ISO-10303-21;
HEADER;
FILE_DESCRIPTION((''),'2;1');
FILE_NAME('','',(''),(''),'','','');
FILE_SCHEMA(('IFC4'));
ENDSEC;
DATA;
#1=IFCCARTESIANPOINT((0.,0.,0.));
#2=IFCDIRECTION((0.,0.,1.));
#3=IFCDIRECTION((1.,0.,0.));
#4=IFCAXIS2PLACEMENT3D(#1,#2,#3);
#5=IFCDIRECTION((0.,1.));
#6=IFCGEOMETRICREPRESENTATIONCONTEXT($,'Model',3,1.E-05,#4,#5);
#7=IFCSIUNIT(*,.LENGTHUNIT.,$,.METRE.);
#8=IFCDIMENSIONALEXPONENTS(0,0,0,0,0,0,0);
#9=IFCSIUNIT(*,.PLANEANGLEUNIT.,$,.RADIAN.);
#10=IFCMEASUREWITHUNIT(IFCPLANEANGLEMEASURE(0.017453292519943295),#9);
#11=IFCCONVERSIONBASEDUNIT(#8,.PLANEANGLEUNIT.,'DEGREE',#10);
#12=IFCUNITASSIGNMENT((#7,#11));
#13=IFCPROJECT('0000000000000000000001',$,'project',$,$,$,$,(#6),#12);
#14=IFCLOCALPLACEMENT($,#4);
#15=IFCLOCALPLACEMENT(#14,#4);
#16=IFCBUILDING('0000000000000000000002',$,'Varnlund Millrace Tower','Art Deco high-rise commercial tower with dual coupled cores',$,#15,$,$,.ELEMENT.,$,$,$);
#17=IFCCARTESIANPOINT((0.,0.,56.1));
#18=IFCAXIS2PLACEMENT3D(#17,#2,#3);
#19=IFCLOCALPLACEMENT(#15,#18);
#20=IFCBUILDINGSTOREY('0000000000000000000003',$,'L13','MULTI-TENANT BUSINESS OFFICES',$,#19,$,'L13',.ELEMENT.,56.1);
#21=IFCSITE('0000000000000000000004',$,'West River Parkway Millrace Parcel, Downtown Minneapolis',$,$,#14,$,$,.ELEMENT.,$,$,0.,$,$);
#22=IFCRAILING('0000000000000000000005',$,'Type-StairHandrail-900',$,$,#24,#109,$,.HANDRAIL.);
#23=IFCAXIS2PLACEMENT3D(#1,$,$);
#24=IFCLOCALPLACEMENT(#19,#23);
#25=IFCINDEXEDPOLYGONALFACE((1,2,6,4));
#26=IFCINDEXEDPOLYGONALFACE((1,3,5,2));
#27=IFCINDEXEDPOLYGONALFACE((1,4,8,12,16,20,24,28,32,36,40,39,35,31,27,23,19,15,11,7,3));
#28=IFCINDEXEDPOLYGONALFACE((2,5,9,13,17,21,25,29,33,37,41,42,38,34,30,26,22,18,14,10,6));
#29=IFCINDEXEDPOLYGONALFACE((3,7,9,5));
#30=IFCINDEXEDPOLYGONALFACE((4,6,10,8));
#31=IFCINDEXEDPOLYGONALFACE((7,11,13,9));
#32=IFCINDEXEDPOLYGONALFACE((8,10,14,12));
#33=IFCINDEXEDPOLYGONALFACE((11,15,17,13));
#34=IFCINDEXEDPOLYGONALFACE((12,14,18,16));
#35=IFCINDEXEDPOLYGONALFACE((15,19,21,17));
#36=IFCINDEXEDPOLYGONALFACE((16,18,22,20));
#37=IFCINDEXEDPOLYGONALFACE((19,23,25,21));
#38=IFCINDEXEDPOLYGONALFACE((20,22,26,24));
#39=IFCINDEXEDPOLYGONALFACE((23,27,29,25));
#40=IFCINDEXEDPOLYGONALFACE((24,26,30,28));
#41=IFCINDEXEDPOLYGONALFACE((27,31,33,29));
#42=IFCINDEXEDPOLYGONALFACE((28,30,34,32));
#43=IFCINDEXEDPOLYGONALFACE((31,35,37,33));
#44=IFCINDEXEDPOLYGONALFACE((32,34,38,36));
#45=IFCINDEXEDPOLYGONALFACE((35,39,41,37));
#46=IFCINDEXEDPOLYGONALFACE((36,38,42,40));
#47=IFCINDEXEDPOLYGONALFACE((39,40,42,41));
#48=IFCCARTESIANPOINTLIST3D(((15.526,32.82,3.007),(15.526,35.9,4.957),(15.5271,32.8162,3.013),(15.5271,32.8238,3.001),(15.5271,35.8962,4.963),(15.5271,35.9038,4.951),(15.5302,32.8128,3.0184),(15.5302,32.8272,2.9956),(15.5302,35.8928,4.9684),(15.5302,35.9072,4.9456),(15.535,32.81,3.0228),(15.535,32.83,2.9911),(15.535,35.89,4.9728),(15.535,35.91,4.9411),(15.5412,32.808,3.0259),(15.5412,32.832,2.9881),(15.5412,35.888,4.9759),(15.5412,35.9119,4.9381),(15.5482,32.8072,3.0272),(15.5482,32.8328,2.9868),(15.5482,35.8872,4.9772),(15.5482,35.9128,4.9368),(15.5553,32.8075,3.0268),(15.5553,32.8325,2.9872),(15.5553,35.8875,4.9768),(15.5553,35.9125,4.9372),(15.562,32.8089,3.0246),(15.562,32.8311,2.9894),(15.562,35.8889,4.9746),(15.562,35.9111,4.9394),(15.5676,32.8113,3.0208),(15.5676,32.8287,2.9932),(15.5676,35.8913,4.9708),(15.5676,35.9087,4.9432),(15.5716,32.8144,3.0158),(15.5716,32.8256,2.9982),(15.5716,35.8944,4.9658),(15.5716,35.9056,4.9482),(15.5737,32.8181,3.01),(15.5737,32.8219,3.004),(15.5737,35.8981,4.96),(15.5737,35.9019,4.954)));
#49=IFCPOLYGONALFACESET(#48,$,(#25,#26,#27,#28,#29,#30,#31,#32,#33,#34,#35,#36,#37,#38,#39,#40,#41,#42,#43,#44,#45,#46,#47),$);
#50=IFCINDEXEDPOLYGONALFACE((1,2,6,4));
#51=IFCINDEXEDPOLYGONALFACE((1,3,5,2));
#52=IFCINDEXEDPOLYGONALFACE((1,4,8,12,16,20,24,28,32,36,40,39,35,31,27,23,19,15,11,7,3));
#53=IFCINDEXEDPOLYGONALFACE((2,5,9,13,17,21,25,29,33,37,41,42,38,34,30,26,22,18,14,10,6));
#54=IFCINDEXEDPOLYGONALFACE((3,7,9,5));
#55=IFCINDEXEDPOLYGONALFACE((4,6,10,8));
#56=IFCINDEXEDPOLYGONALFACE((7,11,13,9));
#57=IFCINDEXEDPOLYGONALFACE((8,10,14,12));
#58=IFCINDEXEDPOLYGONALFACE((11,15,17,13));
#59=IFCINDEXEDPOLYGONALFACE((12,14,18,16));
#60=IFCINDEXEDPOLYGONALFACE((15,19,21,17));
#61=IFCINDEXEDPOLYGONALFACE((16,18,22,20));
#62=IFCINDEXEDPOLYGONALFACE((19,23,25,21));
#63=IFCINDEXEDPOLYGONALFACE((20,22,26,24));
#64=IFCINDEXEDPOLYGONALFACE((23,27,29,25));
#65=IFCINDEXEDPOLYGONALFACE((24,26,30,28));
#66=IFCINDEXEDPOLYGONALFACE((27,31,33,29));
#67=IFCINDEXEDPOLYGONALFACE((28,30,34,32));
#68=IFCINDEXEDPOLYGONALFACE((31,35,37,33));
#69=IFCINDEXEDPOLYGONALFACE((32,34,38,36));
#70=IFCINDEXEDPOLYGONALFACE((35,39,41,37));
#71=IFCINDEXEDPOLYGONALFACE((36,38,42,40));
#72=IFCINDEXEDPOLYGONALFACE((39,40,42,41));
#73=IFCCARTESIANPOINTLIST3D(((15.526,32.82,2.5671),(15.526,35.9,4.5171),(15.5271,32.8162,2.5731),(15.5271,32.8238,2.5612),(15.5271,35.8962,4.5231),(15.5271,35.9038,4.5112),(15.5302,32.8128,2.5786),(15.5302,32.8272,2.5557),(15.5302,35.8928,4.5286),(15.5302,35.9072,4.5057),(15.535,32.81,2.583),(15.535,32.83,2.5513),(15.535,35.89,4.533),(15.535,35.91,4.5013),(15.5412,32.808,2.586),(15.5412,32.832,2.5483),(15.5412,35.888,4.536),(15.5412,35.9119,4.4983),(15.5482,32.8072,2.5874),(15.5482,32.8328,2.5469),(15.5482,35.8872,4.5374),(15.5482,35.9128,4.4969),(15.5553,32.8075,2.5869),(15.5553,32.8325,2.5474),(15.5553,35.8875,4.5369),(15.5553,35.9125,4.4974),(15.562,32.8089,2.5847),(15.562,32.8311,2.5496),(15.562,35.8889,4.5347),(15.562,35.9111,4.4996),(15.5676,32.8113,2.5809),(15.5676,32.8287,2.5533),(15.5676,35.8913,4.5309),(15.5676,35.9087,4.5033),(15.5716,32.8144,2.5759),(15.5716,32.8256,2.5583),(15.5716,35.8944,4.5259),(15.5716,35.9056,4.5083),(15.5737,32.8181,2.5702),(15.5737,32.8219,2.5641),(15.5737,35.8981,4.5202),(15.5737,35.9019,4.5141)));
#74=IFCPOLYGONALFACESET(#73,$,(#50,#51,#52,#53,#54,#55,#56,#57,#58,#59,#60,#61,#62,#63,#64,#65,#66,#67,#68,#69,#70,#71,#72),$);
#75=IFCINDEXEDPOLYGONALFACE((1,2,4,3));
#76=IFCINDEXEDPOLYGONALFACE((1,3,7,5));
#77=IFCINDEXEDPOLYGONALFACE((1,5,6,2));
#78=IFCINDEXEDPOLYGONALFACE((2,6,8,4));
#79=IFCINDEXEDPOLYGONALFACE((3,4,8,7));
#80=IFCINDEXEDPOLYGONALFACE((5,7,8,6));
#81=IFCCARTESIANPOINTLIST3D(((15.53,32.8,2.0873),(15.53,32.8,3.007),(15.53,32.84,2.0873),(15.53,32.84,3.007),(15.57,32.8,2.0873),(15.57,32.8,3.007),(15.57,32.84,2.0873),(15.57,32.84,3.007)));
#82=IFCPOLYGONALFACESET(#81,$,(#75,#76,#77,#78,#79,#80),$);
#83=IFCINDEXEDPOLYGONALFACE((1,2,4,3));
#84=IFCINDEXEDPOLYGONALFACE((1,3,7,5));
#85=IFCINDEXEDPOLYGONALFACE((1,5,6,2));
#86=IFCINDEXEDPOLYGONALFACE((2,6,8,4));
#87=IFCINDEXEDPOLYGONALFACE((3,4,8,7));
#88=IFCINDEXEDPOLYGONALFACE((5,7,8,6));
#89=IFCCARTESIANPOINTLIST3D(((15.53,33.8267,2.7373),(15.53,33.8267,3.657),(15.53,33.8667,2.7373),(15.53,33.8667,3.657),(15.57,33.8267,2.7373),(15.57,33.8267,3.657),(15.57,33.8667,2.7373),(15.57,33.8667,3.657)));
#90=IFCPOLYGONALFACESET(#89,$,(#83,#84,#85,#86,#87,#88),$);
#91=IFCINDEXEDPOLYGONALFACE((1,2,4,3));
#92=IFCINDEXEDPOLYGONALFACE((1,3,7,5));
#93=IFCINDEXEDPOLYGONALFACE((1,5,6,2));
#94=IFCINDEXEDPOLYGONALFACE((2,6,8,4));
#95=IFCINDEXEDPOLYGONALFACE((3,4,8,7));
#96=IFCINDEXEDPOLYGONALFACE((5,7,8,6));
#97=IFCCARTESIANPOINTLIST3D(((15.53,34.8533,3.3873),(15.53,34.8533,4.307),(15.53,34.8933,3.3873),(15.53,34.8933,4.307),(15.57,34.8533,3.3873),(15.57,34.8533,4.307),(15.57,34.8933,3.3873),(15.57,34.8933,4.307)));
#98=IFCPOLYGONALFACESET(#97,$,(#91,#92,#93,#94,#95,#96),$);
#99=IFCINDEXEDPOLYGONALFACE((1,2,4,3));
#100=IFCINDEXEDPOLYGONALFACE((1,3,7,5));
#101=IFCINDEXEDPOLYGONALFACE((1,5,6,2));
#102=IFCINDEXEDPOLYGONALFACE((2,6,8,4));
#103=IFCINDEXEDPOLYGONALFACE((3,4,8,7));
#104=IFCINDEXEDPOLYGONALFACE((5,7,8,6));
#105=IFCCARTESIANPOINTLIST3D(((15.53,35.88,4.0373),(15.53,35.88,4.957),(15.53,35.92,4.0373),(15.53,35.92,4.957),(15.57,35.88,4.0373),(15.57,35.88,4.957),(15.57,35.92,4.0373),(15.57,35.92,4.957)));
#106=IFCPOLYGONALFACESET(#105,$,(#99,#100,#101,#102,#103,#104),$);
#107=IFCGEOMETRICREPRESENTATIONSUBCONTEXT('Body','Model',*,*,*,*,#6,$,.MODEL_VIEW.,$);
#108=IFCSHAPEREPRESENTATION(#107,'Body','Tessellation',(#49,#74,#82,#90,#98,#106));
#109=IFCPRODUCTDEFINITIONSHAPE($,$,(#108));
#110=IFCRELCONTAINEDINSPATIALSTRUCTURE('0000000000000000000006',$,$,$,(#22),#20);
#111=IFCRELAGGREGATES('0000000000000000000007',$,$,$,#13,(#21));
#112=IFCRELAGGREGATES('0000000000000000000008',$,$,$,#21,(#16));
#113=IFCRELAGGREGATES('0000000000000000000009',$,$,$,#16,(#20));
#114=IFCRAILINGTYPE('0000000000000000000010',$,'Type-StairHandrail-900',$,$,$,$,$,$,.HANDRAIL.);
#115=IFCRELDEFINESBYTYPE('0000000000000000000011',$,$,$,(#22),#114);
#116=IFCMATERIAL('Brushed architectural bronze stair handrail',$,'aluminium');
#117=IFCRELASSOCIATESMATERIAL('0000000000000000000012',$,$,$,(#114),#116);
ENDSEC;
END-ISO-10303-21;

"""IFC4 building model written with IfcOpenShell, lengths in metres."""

from ifc_helpers import new_model, entity, si_unit, converted_unit, direction, frame, origin_with_axes, origin_2d_with_axis, place, context, subcontext, project, spatial, rectangle, circle, extrude, material, type_object, element, save


model = new_model("IFC4")

# Units and contexts
model_context = context("Model", 3, precision=1e-05, world=origin_with_axes(), true_north=direction((0.0, 1.0)))
body_context = subcontext(model_context, "Body", "Model", "MODEL_VIEW")
ifc_project = project(units=[si_unit("LENGTHUNIT", "METRE"), converted_unit("PLANEANGLEUNIT", "DEGREE", entity("IfcPlaneAngleMeasure", 0.017453292519943295), si_unit("PLANEANGLEUNIT", "RADIAN"), dimensions=[0, 0, 0, 0, 0, 0, 0])], contexts=[model_context])

# Site, building, storey
site_placement = place(None, origin_with_axes())
site = spatial("IfcSite", under=ifc_project, at=site_placement, Name="West River Parkway Millrace Parcel, Downtown Minneapolis", CompositionType="ELEMENT", RefElevation=0.0)
building_placement = place(site_placement, origin_with_axes())
building = spatial("IfcBuilding", under=site, at=building_placement, Name="Varnlund Millrace Tower", Description="Art Deco high-rise commercial tower with dual coupled cores", CompositionType="ELEMENT")
storey_placement = place(building_placement, frame((0.0, 0.0, 56.1), z_axis=(0.0, 0.0, 1.0), x_axis=(1.0, 0.0, 0.0)))
storey = spatial("IfcBuildingStorey", under=building, at=storey_placement, Name="L13", Description="MULTI-TENANT BUSINESS OFFICES", LongName="L13", CompositionType="ELEMENT", Elevation=56.1)

# Railing
ifc_material_1 = material(Name="Brushed architectural bronze stair handrail", Category="aluminium")
railing_type_1 = type_object("IfcRailingType", Name="Type-StairHandrail-900", PredefinedType="HANDRAIL", material=ifc_material_1)
railing_1_placement = place(storey_placement, frame((0.0, 0.0, -56.1), z_axis=(0.0, 0.0, 1.0), x_axis=(1.0, 0.0, 0.0)))
element("IfcRailing", 1, at=railing_1_placement, inside=storey, type_object=railing_type_1, Name="Type-StairHandrail-900", PredefinedType="HANDRAIL", context=body_context, shape_type="SweptSolid", body=[
    extrude(circle(Radius=0.024, at=origin_2d_with_axis()), frame((15.55, 32.82, 59.107), z_axis=(0.0, 0.844902, 0.534922), x_axis=(-1.0, 0.0, 0.0)), (0.0, 0.0, 1.0), 3.6454),
    extrude(circle(Radius=0.024, at=origin_2d_with_axis()), frame((15.55, 32.82, 58.6671), z_axis=(0.0, 0.844902, 0.534922), x_axis=(-1.0, 0.0, 0.0)), (0.0, 0.0, 1.0), 3.6454),
    extrude(rectangle(XDim=0.04, YDim=0.04, at=origin_2d_with_axis()), frame((15.55, 32.82, 58.1873), z_axis=(0.0, 0.0, 1.0), x_axis=(1.0, 0.0, 0.0)), (0.0, 0.0, 1.0), 0.9197),
    extrude(rectangle(XDim=0.04, YDim=0.04, at=origin_2d_with_axis()), frame((15.55, 33.8467, 58.8373), z_axis=(0.0, 0.0, 1.0), x_axis=(1.0, 0.0, 0.0)), (0.0, 0.0, 1.0), 0.9197),
    extrude(rectangle(XDim=0.04, YDim=0.04, at=origin_2d_with_axis()), frame((15.55, 34.8733, 59.4873), z_axis=(0.0, 0.0, 1.0), x_axis=(1.0, 0.0, 0.0)), (0.0, 0.0, 1.0), 0.9197),
    extrude(rectangle(XDim=0.04, YDim=0.04, at=origin_2d_with_axis()), frame((15.55, 35.9, 60.1373), z_axis=(0.0, 0.0, 1.0), x_axis=(1.0, 0.0, 0.0)), (0.0, 0.0, 1.0), 0.9197),
])

save(model, "model.ifc")
